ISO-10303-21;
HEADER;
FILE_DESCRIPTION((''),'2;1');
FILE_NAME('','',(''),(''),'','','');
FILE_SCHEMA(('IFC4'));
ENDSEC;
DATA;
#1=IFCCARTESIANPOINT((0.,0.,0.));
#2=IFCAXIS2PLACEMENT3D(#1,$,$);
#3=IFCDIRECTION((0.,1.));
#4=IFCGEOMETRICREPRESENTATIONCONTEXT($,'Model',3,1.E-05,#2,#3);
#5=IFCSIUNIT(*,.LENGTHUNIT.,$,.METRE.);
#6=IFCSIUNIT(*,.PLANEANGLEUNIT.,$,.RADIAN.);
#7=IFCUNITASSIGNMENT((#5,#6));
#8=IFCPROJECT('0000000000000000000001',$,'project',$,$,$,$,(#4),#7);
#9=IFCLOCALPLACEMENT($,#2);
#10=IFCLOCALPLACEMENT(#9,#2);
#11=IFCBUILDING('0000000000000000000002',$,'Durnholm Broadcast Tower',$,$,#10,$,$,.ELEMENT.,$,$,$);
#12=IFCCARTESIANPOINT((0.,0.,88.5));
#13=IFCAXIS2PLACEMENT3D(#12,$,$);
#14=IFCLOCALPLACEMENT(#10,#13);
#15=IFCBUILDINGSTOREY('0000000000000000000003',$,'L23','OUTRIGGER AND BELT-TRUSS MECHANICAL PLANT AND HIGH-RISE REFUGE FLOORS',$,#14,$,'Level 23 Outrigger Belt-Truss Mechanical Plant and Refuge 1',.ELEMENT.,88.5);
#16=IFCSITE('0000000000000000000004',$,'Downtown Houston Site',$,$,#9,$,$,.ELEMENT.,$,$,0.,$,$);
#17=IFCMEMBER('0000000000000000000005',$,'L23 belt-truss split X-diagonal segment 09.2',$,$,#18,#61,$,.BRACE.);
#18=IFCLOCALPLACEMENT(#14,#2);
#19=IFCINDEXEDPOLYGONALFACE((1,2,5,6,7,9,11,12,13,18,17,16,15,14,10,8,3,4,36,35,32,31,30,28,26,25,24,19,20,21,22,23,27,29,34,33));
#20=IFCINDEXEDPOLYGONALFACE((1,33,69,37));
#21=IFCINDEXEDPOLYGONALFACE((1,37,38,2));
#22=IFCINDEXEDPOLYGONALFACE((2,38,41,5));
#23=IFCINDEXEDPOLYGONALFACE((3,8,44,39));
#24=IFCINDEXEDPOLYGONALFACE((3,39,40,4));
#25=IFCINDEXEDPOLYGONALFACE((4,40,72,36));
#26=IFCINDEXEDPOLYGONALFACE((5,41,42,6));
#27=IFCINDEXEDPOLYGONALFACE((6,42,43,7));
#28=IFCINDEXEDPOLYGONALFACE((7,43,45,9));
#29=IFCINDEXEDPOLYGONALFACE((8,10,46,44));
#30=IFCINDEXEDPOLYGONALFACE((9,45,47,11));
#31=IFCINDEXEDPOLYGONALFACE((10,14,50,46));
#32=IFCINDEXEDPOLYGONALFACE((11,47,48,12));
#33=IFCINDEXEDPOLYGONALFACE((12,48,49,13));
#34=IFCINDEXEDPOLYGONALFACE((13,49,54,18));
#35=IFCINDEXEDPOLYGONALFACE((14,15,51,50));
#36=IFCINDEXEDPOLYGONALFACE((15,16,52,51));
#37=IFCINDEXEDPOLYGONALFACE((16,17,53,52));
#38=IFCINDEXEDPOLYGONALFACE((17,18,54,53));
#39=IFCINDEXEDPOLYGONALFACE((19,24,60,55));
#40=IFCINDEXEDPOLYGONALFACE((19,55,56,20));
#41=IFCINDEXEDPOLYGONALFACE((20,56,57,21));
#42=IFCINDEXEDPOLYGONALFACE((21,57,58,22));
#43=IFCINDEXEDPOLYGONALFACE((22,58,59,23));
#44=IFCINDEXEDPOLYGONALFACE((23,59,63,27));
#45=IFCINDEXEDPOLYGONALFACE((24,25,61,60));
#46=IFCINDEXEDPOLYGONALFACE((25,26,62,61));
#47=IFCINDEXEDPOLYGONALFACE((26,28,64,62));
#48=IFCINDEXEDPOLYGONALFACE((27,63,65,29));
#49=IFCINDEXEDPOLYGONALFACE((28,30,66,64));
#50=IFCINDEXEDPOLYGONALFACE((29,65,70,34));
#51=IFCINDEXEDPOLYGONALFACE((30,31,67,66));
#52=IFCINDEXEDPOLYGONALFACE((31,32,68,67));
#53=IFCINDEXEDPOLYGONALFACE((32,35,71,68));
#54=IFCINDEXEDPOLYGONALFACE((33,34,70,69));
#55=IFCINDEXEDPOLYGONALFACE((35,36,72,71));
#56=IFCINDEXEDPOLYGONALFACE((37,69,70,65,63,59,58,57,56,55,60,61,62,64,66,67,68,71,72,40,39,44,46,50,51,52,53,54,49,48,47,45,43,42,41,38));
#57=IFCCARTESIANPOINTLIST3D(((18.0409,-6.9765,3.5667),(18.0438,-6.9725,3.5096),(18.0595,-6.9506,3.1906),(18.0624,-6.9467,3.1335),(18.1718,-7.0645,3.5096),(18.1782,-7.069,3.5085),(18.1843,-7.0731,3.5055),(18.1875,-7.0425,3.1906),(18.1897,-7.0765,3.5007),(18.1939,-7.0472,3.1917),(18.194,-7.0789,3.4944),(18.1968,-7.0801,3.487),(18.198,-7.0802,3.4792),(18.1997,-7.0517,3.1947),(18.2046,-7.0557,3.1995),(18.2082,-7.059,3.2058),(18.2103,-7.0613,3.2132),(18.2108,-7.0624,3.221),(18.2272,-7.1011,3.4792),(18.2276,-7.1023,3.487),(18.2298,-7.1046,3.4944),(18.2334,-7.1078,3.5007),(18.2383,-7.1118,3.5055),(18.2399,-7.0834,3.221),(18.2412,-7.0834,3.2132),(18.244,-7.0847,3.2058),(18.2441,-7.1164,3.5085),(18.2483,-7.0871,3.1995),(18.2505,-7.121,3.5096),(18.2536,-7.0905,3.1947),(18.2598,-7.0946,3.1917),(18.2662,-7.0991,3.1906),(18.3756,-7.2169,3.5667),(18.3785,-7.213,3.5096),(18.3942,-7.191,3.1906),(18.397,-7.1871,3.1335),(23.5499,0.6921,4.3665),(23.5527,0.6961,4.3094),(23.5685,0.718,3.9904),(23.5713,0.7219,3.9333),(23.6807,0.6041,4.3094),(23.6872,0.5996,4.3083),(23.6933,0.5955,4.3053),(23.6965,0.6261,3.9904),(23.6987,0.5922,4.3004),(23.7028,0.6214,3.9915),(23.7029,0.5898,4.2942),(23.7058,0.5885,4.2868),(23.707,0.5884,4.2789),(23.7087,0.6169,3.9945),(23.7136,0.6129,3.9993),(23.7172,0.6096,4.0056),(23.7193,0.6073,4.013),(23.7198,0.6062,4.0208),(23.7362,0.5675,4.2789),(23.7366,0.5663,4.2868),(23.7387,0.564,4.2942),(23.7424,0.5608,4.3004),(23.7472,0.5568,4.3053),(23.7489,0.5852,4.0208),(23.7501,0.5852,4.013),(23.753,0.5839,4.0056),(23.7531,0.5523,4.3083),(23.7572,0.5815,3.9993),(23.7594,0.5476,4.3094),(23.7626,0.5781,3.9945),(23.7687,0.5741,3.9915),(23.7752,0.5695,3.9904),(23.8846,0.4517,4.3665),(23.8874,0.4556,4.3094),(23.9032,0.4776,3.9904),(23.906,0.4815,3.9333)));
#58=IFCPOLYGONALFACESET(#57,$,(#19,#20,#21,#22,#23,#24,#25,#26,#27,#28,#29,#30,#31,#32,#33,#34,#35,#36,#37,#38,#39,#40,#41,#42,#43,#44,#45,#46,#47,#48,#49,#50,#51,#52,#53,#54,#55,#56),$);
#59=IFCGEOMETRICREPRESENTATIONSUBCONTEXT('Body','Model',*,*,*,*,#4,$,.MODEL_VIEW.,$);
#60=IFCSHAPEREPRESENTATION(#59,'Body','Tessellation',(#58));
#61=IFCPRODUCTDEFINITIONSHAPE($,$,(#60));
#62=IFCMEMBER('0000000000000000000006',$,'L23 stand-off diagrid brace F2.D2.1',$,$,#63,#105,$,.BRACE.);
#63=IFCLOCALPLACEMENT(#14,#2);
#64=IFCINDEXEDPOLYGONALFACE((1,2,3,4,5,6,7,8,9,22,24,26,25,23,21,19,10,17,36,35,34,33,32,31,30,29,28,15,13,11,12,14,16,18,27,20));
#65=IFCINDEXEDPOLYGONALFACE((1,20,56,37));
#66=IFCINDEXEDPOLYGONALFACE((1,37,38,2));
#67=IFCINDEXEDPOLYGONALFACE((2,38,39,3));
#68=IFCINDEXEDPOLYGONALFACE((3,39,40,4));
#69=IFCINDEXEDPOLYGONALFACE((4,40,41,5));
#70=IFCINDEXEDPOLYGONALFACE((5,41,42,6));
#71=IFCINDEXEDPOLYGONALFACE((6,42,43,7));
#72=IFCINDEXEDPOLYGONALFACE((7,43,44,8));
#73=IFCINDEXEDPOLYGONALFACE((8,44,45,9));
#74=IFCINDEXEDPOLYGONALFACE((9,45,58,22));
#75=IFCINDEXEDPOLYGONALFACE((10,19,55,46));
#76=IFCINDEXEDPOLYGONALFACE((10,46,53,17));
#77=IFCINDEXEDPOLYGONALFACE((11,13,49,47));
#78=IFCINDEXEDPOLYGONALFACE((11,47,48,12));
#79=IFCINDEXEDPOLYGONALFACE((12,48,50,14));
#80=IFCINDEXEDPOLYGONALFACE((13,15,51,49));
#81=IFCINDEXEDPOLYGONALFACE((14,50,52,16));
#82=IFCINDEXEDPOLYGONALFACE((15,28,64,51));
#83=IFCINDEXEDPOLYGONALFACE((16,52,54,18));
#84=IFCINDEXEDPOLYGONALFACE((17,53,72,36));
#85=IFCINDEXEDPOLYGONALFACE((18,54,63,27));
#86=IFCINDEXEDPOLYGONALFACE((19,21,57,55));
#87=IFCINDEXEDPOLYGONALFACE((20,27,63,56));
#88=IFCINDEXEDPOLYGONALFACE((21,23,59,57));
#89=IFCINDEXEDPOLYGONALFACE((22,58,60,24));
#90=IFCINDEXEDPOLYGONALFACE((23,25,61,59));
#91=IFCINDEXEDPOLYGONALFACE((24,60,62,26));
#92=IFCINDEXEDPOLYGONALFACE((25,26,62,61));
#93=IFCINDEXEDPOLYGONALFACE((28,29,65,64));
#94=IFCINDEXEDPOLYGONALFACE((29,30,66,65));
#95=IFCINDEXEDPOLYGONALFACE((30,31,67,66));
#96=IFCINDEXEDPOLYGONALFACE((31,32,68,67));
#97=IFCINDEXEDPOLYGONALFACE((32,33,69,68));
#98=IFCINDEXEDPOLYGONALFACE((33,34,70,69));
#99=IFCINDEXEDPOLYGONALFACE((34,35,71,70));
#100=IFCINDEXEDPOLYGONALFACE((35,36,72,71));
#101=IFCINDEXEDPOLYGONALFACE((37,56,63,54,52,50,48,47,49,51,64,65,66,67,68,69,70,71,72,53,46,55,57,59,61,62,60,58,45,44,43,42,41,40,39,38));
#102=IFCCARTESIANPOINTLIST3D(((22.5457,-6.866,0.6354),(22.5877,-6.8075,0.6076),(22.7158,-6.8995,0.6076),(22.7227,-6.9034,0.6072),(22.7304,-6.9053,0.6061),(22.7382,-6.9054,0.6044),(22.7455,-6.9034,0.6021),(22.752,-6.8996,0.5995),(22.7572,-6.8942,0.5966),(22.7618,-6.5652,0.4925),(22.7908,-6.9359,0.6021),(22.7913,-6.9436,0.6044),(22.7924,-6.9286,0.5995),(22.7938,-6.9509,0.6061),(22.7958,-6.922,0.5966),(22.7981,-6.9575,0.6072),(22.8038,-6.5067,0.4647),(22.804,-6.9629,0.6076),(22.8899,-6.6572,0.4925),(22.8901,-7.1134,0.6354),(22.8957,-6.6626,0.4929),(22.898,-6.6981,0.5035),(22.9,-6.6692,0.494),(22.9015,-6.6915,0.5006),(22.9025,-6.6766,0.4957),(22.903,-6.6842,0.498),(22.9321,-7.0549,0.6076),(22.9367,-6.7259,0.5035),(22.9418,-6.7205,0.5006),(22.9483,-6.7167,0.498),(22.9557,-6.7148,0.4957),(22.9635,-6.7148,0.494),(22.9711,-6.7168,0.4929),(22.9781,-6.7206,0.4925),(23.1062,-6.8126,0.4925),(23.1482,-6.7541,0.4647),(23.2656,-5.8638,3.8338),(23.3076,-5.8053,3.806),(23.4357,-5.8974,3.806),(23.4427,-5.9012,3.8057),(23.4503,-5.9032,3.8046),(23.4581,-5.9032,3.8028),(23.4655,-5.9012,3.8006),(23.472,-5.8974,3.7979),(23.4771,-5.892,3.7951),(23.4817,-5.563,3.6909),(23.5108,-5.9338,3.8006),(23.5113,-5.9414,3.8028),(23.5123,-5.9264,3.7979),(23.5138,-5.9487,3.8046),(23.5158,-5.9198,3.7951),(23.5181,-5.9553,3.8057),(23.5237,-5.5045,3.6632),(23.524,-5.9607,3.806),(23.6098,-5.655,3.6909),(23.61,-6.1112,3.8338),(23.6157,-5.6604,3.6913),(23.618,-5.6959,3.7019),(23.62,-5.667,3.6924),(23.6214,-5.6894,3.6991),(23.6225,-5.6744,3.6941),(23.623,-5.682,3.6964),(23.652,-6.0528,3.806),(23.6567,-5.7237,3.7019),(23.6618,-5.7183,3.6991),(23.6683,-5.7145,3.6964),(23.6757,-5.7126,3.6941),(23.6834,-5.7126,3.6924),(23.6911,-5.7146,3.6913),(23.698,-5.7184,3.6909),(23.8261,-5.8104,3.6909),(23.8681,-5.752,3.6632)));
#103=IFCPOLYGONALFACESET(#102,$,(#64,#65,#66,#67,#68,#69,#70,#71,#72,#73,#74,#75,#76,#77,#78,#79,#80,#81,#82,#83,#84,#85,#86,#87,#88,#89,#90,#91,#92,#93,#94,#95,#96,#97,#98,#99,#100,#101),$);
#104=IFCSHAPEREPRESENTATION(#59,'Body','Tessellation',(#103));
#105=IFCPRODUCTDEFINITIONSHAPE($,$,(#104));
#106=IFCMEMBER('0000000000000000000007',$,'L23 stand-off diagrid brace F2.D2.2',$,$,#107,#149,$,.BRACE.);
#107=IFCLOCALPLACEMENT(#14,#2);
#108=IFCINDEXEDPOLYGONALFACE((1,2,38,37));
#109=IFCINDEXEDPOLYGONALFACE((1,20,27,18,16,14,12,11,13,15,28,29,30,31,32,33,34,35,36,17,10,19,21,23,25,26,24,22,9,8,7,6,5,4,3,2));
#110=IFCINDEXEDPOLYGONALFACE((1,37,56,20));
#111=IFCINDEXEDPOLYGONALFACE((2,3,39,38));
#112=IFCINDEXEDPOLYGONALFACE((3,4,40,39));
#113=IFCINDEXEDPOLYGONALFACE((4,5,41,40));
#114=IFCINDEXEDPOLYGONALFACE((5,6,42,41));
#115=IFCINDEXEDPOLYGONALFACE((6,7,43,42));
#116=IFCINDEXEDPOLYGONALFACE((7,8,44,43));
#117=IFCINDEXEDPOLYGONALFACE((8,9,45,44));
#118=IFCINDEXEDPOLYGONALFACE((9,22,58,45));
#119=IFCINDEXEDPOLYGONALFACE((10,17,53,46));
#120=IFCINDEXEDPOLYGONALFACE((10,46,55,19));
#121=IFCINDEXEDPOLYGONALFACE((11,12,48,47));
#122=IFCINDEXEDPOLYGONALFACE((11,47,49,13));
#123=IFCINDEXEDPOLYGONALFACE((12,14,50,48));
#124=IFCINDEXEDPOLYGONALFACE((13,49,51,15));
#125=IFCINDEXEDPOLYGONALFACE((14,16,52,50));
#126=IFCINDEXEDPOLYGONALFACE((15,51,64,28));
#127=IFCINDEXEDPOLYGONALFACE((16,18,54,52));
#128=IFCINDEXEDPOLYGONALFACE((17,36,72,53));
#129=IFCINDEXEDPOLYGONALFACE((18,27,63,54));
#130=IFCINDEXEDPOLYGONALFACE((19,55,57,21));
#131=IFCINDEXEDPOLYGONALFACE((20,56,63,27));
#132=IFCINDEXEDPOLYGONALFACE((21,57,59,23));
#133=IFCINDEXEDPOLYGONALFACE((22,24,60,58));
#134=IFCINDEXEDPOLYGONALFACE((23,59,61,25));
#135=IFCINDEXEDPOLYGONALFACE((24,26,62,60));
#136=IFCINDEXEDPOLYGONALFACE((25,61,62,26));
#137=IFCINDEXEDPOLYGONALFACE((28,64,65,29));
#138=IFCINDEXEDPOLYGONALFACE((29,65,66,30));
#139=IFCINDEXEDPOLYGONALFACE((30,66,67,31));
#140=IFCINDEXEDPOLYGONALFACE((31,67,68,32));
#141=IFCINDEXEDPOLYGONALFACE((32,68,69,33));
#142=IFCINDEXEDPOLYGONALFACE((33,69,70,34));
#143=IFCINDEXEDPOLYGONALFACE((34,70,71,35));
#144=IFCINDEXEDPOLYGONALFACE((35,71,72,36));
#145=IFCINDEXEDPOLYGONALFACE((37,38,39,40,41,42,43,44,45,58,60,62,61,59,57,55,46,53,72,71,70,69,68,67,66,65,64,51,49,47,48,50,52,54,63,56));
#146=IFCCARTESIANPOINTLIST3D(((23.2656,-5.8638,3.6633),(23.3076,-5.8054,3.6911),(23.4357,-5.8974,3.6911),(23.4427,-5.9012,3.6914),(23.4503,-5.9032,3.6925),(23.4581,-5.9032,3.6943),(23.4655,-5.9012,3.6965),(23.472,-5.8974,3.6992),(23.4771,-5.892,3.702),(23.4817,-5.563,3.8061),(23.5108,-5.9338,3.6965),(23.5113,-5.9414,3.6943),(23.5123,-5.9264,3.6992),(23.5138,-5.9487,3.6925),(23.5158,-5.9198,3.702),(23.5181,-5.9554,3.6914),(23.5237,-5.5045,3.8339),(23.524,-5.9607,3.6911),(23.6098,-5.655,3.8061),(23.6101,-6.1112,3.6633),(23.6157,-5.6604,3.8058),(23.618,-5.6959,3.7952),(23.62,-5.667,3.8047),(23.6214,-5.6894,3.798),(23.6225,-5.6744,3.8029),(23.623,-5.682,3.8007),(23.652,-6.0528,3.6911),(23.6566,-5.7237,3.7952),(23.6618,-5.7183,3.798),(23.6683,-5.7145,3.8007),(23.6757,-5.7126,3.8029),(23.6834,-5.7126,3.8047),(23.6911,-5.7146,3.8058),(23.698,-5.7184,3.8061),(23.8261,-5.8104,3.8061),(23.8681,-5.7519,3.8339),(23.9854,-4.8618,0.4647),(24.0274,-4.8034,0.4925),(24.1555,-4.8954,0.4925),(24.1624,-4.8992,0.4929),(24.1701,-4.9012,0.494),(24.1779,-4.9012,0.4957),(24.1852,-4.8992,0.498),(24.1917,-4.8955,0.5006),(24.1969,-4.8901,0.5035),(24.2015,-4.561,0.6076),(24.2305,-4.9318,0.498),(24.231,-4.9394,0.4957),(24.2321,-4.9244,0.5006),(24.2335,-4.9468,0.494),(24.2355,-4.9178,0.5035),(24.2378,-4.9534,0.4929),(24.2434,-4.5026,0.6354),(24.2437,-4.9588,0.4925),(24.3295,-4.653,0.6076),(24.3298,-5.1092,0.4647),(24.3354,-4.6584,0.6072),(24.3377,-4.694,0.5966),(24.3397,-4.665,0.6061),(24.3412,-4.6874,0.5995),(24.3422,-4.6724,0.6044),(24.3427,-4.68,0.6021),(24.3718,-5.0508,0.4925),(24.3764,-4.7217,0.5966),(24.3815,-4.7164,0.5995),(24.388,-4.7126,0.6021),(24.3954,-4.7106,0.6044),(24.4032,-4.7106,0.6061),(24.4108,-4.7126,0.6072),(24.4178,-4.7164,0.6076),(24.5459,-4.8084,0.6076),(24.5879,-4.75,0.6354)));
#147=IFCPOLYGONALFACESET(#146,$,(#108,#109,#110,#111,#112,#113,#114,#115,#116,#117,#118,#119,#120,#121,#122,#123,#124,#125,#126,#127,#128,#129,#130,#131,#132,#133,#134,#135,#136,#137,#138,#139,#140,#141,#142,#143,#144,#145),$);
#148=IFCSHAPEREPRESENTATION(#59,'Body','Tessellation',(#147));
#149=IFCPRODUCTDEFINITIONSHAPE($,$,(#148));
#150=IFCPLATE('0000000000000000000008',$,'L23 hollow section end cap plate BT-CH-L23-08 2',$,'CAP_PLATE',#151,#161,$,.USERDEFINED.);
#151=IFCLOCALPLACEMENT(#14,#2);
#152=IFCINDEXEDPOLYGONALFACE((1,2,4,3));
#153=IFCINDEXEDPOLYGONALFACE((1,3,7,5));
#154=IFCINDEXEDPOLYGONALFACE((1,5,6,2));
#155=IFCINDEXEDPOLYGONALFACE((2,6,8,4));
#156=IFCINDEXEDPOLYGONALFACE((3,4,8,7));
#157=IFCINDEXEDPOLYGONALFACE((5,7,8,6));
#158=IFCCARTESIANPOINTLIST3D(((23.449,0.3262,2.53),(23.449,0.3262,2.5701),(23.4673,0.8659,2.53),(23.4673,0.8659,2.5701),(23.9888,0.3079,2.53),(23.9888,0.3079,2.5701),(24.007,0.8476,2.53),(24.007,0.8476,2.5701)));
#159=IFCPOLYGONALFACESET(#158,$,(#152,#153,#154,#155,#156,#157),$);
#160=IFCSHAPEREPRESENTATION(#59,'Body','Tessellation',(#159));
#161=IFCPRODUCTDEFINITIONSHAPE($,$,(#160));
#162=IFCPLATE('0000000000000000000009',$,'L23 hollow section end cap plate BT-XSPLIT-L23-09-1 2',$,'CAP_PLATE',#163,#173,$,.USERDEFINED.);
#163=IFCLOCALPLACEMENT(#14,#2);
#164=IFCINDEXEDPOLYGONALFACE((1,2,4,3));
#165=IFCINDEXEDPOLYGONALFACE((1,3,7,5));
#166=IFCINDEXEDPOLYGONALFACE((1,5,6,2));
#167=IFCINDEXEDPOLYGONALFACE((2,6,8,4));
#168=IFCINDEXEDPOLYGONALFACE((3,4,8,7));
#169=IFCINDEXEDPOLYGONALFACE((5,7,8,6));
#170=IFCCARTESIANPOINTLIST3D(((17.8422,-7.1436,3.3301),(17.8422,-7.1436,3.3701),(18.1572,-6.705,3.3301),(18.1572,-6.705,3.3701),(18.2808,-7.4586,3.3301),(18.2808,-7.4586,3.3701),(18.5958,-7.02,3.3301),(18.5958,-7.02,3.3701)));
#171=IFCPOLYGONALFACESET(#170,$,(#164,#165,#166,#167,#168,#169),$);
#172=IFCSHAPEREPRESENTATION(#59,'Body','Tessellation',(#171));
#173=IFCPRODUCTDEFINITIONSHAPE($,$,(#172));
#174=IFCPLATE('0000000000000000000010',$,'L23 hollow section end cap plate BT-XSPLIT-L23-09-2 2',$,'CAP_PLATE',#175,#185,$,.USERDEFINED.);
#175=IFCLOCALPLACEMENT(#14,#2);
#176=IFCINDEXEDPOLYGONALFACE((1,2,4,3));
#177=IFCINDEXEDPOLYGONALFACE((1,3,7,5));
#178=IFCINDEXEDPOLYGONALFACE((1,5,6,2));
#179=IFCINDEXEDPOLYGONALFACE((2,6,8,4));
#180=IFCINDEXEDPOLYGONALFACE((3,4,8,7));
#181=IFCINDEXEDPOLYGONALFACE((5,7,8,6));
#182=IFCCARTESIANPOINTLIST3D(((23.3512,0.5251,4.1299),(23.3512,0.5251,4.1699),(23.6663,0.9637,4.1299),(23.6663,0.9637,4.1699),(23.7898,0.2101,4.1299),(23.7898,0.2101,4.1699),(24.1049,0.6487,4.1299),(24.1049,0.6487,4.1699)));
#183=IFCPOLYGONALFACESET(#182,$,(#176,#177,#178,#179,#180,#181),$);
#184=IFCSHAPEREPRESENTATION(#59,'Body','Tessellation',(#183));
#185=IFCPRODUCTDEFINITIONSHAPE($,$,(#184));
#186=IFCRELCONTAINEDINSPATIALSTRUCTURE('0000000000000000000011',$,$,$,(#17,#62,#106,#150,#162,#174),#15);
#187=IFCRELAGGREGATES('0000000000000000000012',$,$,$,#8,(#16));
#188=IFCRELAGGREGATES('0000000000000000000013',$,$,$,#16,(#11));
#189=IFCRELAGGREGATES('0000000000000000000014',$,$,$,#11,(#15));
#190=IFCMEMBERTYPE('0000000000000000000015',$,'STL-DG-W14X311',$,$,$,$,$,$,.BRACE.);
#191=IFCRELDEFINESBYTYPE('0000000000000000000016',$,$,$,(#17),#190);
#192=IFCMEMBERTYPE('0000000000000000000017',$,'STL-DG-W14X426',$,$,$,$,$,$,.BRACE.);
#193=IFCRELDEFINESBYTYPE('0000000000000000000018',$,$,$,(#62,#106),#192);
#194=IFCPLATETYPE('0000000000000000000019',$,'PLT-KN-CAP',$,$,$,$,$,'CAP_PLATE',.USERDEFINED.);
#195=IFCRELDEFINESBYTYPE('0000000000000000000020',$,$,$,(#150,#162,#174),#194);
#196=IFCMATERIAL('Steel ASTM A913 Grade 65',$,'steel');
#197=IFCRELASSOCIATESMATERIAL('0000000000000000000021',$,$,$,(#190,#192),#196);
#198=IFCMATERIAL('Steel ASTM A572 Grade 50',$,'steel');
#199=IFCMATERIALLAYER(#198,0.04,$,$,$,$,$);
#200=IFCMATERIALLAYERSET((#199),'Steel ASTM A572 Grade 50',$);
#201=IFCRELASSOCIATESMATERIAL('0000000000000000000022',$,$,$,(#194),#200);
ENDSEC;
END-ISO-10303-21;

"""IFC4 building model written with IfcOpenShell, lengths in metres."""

from ifc_helpers import new_model, si_unit, direction, frame, origin, origin_2d, place, context, subcontext, project, spatial, rectangle, i_section, extrude, source, transform, mapped, material, layer, layer_set, material_profile, profile_set, type_object, type_shapes, element, save


model = new_model("IFC4")

# Units and contexts
model_context = context("Model", 3, precision=1e-05, world=origin(), true_north=direction((0.0, 1.0)))
body_context = subcontext(model_context, "Body", "Model", "MODEL_VIEW")
ifc_project = project(units=[si_unit("LENGTHUNIT", "METRE"), si_unit("PLANEANGLEUNIT", "RADIAN")], contexts=[model_context])

# Site, building, storey
site_placement = place(None, origin())
site = spatial("IfcSite", under=ifc_project, at=site_placement, Name="Downtown Houston Site", CompositionType="ELEMENT", RefElevation=0.0)
building_placement = place(site_placement, origin())
building = spatial("IfcBuilding", under=site, at=building_placement, Name="Durnholm Broadcast Tower", CompositionType="ELEMENT")
storey_placement = place(building_placement, frame((0.0, 0.0, 88.5)))
storey = spatial("IfcBuildingStorey", under=building, at=storey_placement, Name="L23", Description="OUTRIGGER AND BELT-TRUSS MECHANICAL PLANT AND HIGH-RISE REFUGE FLOORS", LongName="Level 23 Outrigger Belt-Truss Mechanical Plant and Refuge 1", CompositionType="ELEMENT", Elevation=88.5)

# Members
ifc_material_1 = material(Name="Steel ASTM A913 Grade 65", Category="steel")
ifc_material_profile_1 = material_profile(ifc_material_1, i_section(OverallWidth=0.4121, OverallDepth=0.4348, WebThickness=0.0359, FlangeThickness=0.0574, FilletRadius=0.0305, at=origin_2d()), Name="W14X311")
ifc_profile_set_1 = profile_set([ifc_material_profile_1], Name="Steel ASTM A913 Grade 65")
member_type_1 = type_object("IfcMemberType", Name="STL-DG-W14X311", PredefinedType="BRACE", material=ifc_profile_set_1)
shared_shape_1 = source(origin(), body_context, "Body", "SweptSolid", [
    extrude(i_section(OverallWidth=0.4121, OverallDepth=0.4348, WebThickness=0.0359, FlangeThickness=0.0574, FilletRadius=0.0305, at=origin_2d()), origin(), (0.0, 0.0, 1.0), 9.4761),
])
member_1_placement = place(storey_placement, frame((18.219, -7.0818, 3.3501), z_axis=(0.581356, 0.80926, 0.084402), x_axis=(-0.812158, 0.583437, 0.0)))
element("IfcMember", 1, at=member_1_placement, inside=storey, type_object=member_type_1, Name="L23 belt-truss split X-diagonal segment 09.2", PredefinedType="BRACE", context=body_context, shape_type="MappedRepresentation", body=[
    mapped(shared_shape_1, transform((0.0, 0.0, 0.0), x_axis=(1.0, 0.0, 0.0), y_axis=(0.0, 1.0, 0.0), z_axis=(0.0, 0.0, 1.0), scale=1.0)),
])
ifc_material_profile_2 = material_profile(ifc_material_1, i_section(OverallWidth=0.4241, OverallDepth=0.4741, WebThickness=0.0476, FlangeThickness=0.0771, FilletRadius=0.0305, at=origin_2d()), Name="W14X426")
ifc_profile_set_2 = profile_set([ifc_material_profile_2], Name="Steel ASTM A913 Grade 65")
member_type_2 = type_object("IfcMemberType", Name="STL-DG-W14X426", PredefinedType="BRACE", material=ifc_profile_set_2)
shared_shape_2 = source(origin(), body_context, "Body", "SweptSolid", [
    extrude(i_section(OverallWidth=0.4241, OverallDepth=0.4741, WebThickness=0.0476, FlangeThickness=0.0771, FilletRadius=0.0305, at=origin_2d()), origin(), (0.0, 0.0, 1.0), 3.4282),
])
type_shapes(member_type_2, [shared_shape_2])
for number, where, z_axis, x_axis, name in (
    (2, (22.8469, -6.8101, 0.55), (0.21001, 0.292333, 0.932972), (-0.812153, 0.583444, 0.0), "L23 stand-off diagrid brace F2.D2.1"),
    (3, (24.2866, -4.8059, 0.55), (-0.209946, -0.292272, 0.933006), (0.812179, -0.583408, 0.0), "L23 stand-off diagrid brace F2.D2.2"),
):
    element("IfcMember", number, at=place(storey_placement, frame(where, z_axis=z_axis, x_axis=x_axis)), inside=storey, type_object=member_type_2, Name=name, PredefinedType="BRACE", context=body_context, shape_type="MappedRepresentation", body=[
        mapped(shared_shape_2, transform((0.0, 0.0, 0.0), x_axis=(1.0, 0.0, 0.0), y_axis=(0.0, 1.0, 0.0), z_axis=(0.0, 0.0, 1.0), scale=1.0)),
    ])

# Plates
ifc_material_2 = material(Name="Steel ASTM A572 Grade 50", Category="steel")
ifc_layer_1 = layer(ifc_material_2, 0.04)
ifc_layer_set_1 = layer_set([ifc_layer_1], Name="Steel ASTM A572 Grade 50")
plate_type_1 = type_object("IfcPlateType", Name="PLT-KN-CAP", ElementType="CAP_PLATE", PredefinedType="USERDEFINED", material=ifc_layer_set_1)
shared_shape_3 = source(origin(), body_context, "Body", "SweptSolid", [
    extrude(rectangle(XDim=0.54, YDim=0.54, at=origin_2d()), origin(), (0.0, 0.0, 1.0), 0.04),
])
type_shapes(plate_type_1, [shared_shape_3])
for number, where, z_axis, x_axis, name in (
    (4, (23.728, 0.5869, 2.53), (0.0, 0.0, 1.0), (-0.033853, -0.999427, 0.0), "L23 hollow section end cap plate BT-CH-L23-08 2"),
    (5, (18.219, -7.0818, 3.3301), (0.0, 0.0, 1.0), (0.583399, 0.812185, 0.0), "L23 hollow section end cap plate BT-XSPLIT-L23-09-1 2"),
    (6, (23.728, 0.5869, 4.1299), (0.0, 0.0, 1.0), (0.583399, 0.812185, 0.0), "L23 hollow section end cap plate BT-XSPLIT-L23-09-2 2"),
):
    element("IfcPlate", number, at=place(storey_placement, frame(where, z_axis=z_axis, x_axis=x_axis)), inside=storey, type_object=plate_type_1, Name=name, ObjectType="CAP_PLATE", PredefinedType="USERDEFINED", context=body_context, shape_type="MappedRepresentation", body=[
        mapped(shared_shape_3, transform((0.0, 0.0, 0.0), x_axis=(1.0, 0.0, 0.0), y_axis=(0.0, 1.0, 0.0), z_axis=(0.0, 0.0, 1.0), scale=1.0)),
    ])

save(model, "model.ifc")
